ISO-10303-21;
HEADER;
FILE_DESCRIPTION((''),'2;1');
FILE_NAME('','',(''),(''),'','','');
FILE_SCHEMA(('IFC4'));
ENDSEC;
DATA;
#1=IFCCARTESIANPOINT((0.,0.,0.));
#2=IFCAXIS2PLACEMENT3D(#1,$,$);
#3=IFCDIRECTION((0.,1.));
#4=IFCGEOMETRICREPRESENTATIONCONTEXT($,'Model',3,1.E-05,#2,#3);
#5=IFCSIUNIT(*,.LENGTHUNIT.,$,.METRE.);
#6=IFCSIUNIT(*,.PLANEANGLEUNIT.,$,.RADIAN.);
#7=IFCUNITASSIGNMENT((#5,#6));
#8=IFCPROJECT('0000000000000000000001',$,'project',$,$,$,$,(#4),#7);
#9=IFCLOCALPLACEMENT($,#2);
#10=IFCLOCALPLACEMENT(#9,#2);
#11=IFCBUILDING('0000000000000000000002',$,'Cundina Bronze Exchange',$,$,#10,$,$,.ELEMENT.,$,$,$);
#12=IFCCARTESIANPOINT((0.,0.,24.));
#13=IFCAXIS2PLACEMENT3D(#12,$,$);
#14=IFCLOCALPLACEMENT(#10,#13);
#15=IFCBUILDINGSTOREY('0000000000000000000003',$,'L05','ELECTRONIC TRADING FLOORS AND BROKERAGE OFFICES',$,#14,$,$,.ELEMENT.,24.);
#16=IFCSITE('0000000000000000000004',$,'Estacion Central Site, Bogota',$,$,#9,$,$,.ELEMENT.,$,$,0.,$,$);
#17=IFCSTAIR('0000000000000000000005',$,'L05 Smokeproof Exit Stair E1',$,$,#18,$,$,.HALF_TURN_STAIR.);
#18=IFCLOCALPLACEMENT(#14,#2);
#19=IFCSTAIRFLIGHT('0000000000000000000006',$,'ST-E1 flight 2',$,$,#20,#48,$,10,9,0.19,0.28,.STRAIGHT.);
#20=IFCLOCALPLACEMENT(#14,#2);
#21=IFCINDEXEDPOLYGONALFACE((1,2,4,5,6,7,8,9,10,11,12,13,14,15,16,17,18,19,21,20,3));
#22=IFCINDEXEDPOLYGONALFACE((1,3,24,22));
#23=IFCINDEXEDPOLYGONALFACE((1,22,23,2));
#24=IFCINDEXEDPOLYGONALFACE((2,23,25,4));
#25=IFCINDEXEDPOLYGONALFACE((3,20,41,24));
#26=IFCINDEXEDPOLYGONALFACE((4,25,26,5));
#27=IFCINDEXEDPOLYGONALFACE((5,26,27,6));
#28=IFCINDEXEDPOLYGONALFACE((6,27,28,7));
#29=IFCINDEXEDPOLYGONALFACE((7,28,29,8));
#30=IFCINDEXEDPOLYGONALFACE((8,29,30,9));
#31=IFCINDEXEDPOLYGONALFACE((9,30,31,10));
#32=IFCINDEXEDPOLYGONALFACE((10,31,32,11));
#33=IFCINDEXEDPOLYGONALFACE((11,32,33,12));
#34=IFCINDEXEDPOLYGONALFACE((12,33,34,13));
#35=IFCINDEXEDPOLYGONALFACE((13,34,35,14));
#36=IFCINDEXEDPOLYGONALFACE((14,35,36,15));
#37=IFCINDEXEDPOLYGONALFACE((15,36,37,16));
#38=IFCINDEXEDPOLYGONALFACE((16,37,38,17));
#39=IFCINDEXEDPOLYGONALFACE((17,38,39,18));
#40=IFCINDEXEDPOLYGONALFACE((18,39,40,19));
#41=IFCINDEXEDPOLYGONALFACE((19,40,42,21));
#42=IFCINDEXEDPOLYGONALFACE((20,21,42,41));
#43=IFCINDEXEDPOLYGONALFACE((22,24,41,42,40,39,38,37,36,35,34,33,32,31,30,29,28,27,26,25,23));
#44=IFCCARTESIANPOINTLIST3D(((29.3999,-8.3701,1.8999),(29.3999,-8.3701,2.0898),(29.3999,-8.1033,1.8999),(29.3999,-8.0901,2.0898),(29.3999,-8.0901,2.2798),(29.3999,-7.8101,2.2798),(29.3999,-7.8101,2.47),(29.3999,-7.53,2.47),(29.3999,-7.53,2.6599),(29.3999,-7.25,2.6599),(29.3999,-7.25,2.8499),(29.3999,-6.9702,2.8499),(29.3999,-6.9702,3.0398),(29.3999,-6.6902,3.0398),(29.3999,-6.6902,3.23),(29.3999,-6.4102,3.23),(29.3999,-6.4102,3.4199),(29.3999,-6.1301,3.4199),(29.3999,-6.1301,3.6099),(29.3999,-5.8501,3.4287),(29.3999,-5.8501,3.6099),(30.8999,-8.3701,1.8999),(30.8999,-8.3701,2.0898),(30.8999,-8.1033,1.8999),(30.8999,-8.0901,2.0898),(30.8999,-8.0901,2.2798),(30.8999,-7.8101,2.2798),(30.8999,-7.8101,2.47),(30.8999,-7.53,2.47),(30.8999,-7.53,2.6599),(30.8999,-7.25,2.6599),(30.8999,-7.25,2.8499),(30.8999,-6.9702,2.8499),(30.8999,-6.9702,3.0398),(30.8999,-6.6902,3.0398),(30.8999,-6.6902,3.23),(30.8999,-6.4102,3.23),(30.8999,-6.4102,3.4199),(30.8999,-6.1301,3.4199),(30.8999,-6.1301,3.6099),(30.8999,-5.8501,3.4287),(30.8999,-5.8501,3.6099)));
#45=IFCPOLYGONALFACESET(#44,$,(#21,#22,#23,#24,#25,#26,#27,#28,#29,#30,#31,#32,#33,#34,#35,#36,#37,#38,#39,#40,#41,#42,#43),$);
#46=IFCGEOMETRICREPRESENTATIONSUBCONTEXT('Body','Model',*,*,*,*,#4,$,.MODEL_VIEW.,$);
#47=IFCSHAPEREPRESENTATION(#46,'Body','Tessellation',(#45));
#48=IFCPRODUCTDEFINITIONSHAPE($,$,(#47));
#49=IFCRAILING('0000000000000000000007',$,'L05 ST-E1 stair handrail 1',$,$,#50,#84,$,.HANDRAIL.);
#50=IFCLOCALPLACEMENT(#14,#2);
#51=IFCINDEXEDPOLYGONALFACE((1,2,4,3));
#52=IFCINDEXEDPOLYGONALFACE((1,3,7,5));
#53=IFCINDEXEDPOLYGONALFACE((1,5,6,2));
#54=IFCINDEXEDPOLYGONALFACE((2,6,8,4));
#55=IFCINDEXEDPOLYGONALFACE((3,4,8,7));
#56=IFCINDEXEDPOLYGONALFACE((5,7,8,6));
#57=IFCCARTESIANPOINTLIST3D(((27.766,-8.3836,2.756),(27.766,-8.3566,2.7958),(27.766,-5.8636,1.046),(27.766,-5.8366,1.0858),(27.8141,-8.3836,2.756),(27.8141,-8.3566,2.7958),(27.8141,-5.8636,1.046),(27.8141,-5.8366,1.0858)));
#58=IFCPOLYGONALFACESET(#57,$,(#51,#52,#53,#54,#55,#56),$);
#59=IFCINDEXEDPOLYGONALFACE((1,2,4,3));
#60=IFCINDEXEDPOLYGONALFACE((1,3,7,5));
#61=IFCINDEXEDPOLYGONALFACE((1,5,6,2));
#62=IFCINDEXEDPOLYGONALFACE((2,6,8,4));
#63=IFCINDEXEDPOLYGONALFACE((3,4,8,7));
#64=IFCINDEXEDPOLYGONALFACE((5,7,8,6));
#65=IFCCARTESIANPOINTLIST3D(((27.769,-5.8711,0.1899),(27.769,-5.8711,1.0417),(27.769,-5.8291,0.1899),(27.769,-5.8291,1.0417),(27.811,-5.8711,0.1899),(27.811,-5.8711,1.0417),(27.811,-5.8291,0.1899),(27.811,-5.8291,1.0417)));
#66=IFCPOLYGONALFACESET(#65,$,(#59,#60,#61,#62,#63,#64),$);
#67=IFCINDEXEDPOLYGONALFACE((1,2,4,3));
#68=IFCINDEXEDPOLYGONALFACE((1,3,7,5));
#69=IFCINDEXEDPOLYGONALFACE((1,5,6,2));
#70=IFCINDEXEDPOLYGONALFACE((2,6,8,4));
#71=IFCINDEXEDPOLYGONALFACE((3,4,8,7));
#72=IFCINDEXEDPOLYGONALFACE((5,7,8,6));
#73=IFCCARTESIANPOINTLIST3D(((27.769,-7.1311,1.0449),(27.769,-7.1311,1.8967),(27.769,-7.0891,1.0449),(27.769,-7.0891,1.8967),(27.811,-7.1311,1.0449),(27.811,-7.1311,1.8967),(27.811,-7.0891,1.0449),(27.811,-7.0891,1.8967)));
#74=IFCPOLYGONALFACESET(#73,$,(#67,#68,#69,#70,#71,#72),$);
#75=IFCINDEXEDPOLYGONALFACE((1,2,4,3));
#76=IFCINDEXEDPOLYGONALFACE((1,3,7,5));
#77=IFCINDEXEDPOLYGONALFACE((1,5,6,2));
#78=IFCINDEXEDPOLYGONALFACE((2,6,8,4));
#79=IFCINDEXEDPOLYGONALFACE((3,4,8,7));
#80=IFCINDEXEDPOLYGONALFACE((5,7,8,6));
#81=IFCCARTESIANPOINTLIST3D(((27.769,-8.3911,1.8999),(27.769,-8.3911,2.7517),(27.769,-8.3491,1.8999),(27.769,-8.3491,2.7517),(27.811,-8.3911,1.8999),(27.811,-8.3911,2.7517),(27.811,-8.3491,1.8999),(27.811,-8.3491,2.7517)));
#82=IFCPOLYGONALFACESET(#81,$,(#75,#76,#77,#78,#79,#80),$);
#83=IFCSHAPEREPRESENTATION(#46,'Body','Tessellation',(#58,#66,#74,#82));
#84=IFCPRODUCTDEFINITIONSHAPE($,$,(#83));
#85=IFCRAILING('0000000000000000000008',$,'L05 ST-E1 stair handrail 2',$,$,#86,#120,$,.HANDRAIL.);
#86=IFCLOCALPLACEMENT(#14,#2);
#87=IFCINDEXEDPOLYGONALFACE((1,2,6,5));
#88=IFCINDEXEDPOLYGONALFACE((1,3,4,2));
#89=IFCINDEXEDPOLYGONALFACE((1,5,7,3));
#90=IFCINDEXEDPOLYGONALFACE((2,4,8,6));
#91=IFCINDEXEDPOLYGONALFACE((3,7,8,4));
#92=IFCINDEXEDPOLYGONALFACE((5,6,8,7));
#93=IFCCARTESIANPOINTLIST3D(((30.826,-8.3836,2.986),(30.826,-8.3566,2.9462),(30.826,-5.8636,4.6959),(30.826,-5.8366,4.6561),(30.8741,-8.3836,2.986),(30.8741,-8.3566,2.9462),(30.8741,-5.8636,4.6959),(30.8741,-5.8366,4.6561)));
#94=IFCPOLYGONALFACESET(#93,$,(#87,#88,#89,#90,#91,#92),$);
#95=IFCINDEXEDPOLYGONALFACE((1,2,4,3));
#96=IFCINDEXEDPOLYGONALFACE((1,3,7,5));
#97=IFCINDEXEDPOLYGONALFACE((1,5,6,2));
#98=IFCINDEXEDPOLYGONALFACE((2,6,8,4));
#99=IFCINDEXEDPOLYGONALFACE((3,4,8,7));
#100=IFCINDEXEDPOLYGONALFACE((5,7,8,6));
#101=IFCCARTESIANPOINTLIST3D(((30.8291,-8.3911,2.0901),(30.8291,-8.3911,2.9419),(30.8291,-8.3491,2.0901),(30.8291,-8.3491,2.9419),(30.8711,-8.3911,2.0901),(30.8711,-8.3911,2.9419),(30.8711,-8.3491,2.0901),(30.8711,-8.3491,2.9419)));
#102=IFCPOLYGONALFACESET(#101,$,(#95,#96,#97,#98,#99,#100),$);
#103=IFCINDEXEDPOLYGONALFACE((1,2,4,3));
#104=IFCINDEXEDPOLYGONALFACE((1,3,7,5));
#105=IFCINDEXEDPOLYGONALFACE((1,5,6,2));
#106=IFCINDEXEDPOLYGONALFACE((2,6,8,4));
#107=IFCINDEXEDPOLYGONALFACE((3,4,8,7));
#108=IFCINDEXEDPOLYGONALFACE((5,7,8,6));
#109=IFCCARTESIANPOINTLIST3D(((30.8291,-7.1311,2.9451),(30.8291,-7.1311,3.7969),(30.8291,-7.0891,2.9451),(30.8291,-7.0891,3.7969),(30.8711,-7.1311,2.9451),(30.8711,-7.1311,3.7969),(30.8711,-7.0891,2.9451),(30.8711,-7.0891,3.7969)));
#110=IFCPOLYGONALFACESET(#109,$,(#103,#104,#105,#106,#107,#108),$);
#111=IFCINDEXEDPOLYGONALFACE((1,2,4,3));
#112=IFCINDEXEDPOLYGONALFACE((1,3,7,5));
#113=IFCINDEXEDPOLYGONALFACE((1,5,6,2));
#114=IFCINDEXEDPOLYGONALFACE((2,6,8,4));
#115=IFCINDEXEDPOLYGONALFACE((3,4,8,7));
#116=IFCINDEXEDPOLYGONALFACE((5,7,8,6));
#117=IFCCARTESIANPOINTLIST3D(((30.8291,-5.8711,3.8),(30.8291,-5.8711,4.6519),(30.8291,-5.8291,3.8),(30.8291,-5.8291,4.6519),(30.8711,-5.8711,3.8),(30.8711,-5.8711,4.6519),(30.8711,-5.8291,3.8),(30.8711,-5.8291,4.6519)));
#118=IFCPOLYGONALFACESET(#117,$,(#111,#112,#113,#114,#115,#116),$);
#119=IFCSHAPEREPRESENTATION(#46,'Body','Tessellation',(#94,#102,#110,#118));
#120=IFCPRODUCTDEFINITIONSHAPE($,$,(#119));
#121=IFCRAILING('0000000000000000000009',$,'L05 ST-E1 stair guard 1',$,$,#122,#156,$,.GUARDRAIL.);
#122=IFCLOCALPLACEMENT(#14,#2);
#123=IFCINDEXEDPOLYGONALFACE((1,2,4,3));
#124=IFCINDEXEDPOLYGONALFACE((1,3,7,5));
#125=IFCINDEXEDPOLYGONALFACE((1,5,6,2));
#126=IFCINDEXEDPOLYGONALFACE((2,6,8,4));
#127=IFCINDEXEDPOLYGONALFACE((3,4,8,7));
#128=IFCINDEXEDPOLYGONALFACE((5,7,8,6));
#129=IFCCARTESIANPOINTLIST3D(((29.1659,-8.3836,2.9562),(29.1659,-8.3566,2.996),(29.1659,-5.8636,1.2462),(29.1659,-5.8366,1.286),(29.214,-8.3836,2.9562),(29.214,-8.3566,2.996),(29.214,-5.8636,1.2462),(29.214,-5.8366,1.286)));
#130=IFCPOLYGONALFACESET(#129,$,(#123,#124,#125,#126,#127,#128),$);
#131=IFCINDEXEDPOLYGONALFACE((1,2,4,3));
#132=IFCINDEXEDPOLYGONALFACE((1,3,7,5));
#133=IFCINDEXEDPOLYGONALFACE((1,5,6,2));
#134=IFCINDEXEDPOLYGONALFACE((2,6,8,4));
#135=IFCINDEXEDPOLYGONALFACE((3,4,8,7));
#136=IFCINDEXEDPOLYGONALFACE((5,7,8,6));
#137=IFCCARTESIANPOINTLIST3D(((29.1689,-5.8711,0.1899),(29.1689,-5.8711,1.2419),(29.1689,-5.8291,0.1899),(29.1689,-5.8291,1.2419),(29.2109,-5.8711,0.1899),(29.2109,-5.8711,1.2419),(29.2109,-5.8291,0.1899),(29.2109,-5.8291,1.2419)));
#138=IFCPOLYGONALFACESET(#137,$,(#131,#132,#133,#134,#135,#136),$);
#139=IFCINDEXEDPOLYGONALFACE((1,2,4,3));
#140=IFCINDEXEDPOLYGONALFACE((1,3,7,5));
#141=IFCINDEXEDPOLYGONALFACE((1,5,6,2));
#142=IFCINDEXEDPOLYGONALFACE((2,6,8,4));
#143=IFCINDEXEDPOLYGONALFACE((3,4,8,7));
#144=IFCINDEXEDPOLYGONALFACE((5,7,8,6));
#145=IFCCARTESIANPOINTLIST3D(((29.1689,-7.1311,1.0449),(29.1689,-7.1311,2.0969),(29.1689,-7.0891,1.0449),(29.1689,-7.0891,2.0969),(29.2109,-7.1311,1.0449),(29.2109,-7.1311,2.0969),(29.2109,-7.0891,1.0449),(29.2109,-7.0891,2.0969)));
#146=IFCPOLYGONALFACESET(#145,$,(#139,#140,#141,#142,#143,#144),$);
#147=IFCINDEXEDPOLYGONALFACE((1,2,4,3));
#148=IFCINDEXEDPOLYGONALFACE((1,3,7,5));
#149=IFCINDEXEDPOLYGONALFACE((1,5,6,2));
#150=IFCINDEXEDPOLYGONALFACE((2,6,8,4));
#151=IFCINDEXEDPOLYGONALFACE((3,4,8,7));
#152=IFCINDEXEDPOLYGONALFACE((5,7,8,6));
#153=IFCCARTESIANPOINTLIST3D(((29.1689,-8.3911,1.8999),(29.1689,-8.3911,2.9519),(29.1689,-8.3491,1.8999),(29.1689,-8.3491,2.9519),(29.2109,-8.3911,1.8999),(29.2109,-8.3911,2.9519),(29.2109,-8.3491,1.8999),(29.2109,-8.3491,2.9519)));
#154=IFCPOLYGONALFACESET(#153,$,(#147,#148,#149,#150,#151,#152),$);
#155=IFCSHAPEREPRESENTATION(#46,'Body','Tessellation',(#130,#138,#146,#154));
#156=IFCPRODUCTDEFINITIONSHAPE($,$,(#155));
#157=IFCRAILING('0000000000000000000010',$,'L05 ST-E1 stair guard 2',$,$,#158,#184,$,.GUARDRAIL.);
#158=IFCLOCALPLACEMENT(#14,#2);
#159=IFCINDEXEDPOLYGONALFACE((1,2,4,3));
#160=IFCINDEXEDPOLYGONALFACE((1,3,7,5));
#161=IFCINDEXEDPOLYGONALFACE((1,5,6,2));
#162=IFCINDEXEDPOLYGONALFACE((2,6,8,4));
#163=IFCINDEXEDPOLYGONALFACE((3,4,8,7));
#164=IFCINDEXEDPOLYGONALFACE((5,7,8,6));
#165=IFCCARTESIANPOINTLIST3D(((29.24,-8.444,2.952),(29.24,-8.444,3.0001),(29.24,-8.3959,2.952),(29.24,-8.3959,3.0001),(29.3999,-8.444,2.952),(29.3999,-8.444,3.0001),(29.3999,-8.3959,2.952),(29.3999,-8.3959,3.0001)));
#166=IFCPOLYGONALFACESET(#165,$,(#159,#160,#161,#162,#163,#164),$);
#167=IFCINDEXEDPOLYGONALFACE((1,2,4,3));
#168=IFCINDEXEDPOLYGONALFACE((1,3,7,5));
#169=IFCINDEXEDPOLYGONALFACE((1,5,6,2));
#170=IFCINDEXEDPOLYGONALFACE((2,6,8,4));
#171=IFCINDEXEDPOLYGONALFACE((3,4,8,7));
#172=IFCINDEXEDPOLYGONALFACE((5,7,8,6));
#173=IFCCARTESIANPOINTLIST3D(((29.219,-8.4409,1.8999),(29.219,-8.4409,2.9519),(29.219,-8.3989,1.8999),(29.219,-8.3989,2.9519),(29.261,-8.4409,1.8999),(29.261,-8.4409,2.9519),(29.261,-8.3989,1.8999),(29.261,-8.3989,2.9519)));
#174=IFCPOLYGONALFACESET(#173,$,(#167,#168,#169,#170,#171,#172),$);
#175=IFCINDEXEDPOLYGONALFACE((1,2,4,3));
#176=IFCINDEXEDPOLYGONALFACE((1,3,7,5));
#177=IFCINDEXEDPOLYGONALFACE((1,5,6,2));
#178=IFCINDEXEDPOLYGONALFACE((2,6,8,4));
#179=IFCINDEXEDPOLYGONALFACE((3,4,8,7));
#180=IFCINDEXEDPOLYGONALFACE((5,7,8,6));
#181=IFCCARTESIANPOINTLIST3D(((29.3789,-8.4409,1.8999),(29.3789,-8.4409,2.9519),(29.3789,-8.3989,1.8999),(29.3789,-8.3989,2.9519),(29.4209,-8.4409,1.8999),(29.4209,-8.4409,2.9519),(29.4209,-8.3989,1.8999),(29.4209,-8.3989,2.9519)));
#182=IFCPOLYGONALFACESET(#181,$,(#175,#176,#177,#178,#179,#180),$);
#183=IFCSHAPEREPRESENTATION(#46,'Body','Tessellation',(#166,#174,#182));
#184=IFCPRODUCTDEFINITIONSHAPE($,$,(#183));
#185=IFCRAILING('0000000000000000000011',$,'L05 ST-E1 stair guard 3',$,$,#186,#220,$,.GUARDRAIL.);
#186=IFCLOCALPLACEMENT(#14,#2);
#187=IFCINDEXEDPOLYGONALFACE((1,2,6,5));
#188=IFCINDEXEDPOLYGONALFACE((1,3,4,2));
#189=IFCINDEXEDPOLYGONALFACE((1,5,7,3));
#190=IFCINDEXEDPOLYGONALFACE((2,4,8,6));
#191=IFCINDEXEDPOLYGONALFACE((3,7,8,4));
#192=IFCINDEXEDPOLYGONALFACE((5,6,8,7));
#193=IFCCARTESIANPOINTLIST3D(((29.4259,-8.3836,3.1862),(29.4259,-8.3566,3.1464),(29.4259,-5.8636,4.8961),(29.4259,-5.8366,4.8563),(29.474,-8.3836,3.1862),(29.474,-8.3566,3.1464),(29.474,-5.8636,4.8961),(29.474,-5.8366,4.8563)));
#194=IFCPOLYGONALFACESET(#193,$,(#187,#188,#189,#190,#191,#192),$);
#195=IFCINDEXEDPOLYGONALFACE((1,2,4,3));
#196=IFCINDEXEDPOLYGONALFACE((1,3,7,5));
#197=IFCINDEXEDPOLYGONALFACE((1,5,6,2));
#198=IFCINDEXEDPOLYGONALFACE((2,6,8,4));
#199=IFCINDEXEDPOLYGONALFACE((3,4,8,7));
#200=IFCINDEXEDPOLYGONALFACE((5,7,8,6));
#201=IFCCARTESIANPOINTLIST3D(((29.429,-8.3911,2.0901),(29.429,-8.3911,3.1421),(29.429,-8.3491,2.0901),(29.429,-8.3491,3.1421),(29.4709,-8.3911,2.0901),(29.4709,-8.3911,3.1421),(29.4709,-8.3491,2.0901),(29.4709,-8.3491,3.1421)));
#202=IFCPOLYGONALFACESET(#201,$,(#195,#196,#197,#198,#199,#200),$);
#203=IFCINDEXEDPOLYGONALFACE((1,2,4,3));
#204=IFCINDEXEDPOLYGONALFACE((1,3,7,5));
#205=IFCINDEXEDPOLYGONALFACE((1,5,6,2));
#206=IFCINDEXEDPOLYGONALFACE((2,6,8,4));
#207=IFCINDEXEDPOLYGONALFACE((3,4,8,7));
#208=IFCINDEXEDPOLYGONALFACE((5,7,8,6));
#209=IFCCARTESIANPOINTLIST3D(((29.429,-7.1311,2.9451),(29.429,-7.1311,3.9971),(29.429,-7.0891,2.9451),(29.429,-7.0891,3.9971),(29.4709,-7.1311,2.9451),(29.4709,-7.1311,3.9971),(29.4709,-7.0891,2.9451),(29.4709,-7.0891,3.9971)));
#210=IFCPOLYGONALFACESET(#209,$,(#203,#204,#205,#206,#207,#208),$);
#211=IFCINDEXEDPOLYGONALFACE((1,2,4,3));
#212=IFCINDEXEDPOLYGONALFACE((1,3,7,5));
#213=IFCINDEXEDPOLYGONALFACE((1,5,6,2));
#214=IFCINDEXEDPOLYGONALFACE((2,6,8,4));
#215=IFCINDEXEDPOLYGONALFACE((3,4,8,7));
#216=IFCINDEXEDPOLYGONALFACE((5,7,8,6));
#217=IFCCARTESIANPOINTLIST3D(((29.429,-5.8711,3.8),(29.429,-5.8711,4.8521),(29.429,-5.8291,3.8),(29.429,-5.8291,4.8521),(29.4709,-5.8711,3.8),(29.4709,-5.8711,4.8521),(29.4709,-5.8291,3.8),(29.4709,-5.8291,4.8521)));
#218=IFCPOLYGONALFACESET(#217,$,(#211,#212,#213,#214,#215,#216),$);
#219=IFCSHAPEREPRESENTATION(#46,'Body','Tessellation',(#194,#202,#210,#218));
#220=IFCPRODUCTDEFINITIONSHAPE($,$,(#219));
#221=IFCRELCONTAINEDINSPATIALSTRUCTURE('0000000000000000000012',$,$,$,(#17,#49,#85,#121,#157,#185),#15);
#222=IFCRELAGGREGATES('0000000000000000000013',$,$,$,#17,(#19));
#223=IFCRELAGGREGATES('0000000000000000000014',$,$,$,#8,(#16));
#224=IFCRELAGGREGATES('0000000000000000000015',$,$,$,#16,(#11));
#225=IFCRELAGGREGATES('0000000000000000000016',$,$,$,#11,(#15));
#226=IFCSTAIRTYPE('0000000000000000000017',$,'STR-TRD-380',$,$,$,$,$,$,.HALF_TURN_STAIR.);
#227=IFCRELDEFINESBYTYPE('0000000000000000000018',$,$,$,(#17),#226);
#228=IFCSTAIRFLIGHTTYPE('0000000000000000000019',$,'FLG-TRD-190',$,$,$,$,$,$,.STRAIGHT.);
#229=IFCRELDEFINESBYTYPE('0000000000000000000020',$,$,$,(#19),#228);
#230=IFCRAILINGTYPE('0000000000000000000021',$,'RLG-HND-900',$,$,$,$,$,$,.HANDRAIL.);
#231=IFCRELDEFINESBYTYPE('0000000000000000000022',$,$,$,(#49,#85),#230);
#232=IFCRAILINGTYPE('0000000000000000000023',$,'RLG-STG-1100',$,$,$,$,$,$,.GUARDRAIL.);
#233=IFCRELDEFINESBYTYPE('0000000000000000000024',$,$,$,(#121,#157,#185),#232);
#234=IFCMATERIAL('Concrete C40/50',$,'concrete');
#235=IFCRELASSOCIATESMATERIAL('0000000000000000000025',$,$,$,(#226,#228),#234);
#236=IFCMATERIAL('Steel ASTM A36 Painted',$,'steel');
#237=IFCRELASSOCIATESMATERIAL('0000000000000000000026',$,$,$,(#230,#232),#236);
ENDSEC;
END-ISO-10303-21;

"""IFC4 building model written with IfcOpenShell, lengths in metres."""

from ifc_helpers import new_model, si_unit, direction, frame, origin, origin_2d, place, context, subcontext, project, spatial, polyline, rectangle, outline, extrude, material, type_object, element, aggregate, save


model = new_model("IFC4")

# Units and contexts
model_context = context("Model", 3, precision=1e-05, world=origin(), true_north=direction((0.0, 1.0)))
body_context = subcontext(model_context, "Body", "Model", "MODEL_VIEW")
ifc_project = project(units=[si_unit("LENGTHUNIT", "METRE"), si_unit("PLANEANGLEUNIT", "RADIAN")], contexts=[model_context])

# Site, building, storey
site_placement = place(None, origin())
site = spatial("IfcSite", under=ifc_project, at=site_placement, Name="Estacion Central Site, Bogota", CompositionType="ELEMENT", RefElevation=0.0)
building_placement = place(site_placement, origin())
building = spatial("IfcBuilding", under=site, at=building_placement, Name="Cundina Bronze Exchange", CompositionType="ELEMENT")
storey_placement = place(building_placement, frame((0.0, 0.0, 24.0)))
storey = spatial("IfcBuildingStorey", under=building, at=storey_placement, Name="L05", Description="ELECTRONIC TRADING FLOORS AND BROKERAGE OFFICES", CompositionType="ELEMENT", Elevation=24.0)

# Stair, stair flight
ifc_material_1 = material(Name="Concrete C40/50", Category="concrete")
stair_type = type_object("IfcStairType", Name="STR-TRD-380", PredefinedType="HALF_TURN_STAIR", material=ifc_material_1)
stair_placement = place(storey_placement, origin())
stair = element("IfcStair", 1, at=stair_placement, inside=storey, type_object=stair_type, Name="L05 Smokeproof Exit Stair E1", PredefinedType="HALF_TURN_STAIR")
stair_flight_type = type_object("IfcStairFlightType", Name="FLG-TRD-190", PredefinedType="STRAIGHT", material=ifc_material_1)
stair_flight_1_placement = place(storey_placement, frame((30.1499, -8.3701, 1.8999), z_axis=(0.0, 0.0, 1.0), x_axis=(0.0, 1.0, 0.0)))
stair_flight_1 = element("IfcStairFlight", 2, at=stair_flight_1_placement, type_object=stair_flight_type, Name="ST-E1 flight 2", NumberOfRisers=10, NumberOfTreads=9, PredefinedType="STRAIGHT", RiserHeight=0.19, TreadLength=0.28, context=body_context, shape_type="SweptSolid", body=[
    extrude(outline(polyline([(0.0, 0.0), (0.0, 0.1899), (0.28, 0.1899), (0.28, 0.3799), (0.5601, 0.3799), (0.5601, 0.5701), (0.8401, 0.5701), (0.8401, 0.76), (1.1201, 0.76), (1.1201, 0.95), (1.3999, 0.95), (1.3999, 1.1399), (1.6799, 1.1399), (1.6799, 1.3301), (1.96, 1.3301), (1.96, 1.52), (2.24, 1.52), (2.24, 1.71), (2.52, 1.71), (2.52, 1.8999), (2.52, 1.5288), (0.2668, 0.0), (0.0, 0.0)])), frame((0.0, 0.75, 0.0), z_axis=(0.0, -1.0, 0.0), x_axis=(1.0, 0.0, 0.0)), (0.0, 0.0, 1.0), 1.5),
])
aggregate(stair, [stair_flight_1])

# Railings
ifc_material_2 = material(Name="Steel ASTM A36 Painted", Category="steel")
railing_type_1 = type_object("IfcRailingType", Name="RLG-HND-900", PredefinedType="HANDRAIL", material=ifc_material_2)
railing_1_placement = place(storey_placement, frame((27.79, -5.8501, 0.1899)))
element("IfcRailing", 3, at=railing_1_placement, inside=storey, type_object=railing_type_1, Name="L05 ST-E1 stair handrail 1", PredefinedType="HANDRAIL", context=body_context, shape_type="SweptSolid", body=[
    extrude(rectangle(XDim=0.0481, YDim=0.0481, at=origin_2d()), frame((0.0, 0.0, 0.876), z_axis=(0.0, -0.827484, 0.56149), x_axis=(1.0, 0.0, 0.0)), (0.0, 0.0, 1.0), 3.0454),
    extrude(rectangle(XDim=0.042, YDim=0.042, at=origin_2d()), origin(), (0.0, 0.0, 1.0), 0.8518),
    extrude(rectangle(XDim=0.042, YDim=0.042, at=origin_2d()), frame((0.0, -1.26, 0.855)), (0.0, 0.0, 1.0), 0.8518),
    extrude(rectangle(XDim=0.042, YDim=0.042, at=origin_2d()), frame((0.0, -2.52, 1.71)), (0.0, 0.0, 1.0), 0.8518),
])
railing_2_placement = place(storey_placement, frame((30.8501, -8.3701, 2.0901)))
element("IfcRailing", 4, at=railing_2_placement, inside=storey, type_object=railing_type_1, Name="L05 ST-E1 stair handrail 2", PredefinedType="HANDRAIL", context=body_context, shape_type="SweptSolid", body=[
    extrude(rectangle(XDim=0.0481, YDim=0.0481, at=origin_2d()), frame((0.0, 0.0, 0.876), z_axis=(0.0, 0.827484, 0.56149), x_axis=(-1.0, 0.0, 0.0)), (0.0, 0.0, 1.0), 3.0454),
    extrude(rectangle(XDim=0.042, YDim=0.042, at=origin_2d()), origin(), (0.0, 0.0, 1.0), 0.8518),
    extrude(rectangle(XDim=0.042, YDim=0.042, at=origin_2d()), frame((0.0, 1.26, 0.855)), (0.0, 0.0, 1.0), 0.8518),
    extrude(rectangle(XDim=0.042, YDim=0.042, at=origin_2d()), frame((0.0, 2.52, 1.71)), (0.0, 0.0, 1.0), 0.8518),
])
railing_type_2 = type_object("IfcRailingType", Name="RLG-STG-1100", PredefinedType="GUARDRAIL", material=ifc_material_2)
railing_3_placement = place(storey_placement, frame((29.1899, -5.8501, 0.1899)))
element("IfcRailing", 5, at=railing_3_placement, inside=storey, type_object=railing_type_2, Name="L05 ST-E1 stair guard 1", PredefinedType="GUARDRAIL", context=body_context, shape_type="SweptSolid", body=[
    extrude(rectangle(XDim=0.0481, YDim=0.0481, at=origin_2d()), frame((0.0, 0.0, 1.0762), z_axis=(0.0, -0.827484, 0.56149), x_axis=(1.0, 0.0, 0.0)), (0.0, 0.0, 1.0), 3.0454),
    extrude(rectangle(XDim=0.042, YDim=0.042, at=origin_2d()), origin(), (0.0, 0.0, 1.0), 1.052),
    extrude(rectangle(XDim=0.042, YDim=0.042, at=origin_2d()), frame((0.0, -1.26, 0.855)), (0.0, 0.0, 1.0), 1.052),
    extrude(rectangle(XDim=0.042, YDim=0.042, at=origin_2d()), frame((0.0, -2.52, 1.71)), (0.0, 0.0, 1.0), 1.052),
])
railing_4_placement = place(storey_placement, frame((29.24, -8.4199, 1.8999)))
element("IfcRailing", 6, at=railing_4_placement, inside=storey, type_object=railing_type_2, Name="L05 ST-E1 stair guard 2", PredefinedType="GUARDRAIL", context=body_context, shape_type="SweptSolid", body=[
    extrude(rectangle(XDim=0.0481, YDim=0.0481, at=origin_2d()), frame((0.0, 0.0, 1.0762), z_axis=(1.0, 0.0, 0.0), x_axis=(0.0, 1.0, 0.0)), (0.0, 0.0, 1.0), 0.1599),
    extrude(rectangle(XDim=0.042, YDim=0.042, at=origin_2d()), origin(), (0.0, 0.0, 1.0), 1.052),
    extrude(rectangle(XDim=0.042, YDim=0.042, at=origin_2d()), frame((0.1599, 0.0, 0.0)), (0.0, 0.0, 1.0), 1.052),
])
railing_5_placement = place(storey_placement, frame((29.45, -8.3701, 2.0901)))
element("IfcRailing", 7, at=railing_5_placement, inside=storey, type_object=railing_type_2, Name="L05 ST-E1 stair guard 3", PredefinedType="GUARDRAIL", context=body_context, shape_type="SweptSolid", body=[
    extrude(rectangle(XDim=0.0481, YDim=0.0481, at=origin_2d()), frame((0.0, 0.0, 1.0762), z_axis=(0.0, 0.827484, 0.56149), x_axis=(-1.0, 0.0, 0.0)), (0.0, 0.0, 1.0), 3.0454),
    extrude(rectangle(XDim=0.042, YDim=0.042, at=origin_2d()), origin(), (0.0, 0.0, 1.0), 1.052),
    extrude(rectangle(XDim=0.042, YDim=0.042, at=origin_2d()), frame((0.0, 1.26, 0.855)), (0.0, 0.0, 1.0), 1.052),
    extrude(rectangle(XDim=0.042, YDim=0.042, at=origin_2d()), frame((0.0, 2.52, 1.71)), (0.0, 0.0, 1.0), 1.052),
])

save(model, "model.ifc")
